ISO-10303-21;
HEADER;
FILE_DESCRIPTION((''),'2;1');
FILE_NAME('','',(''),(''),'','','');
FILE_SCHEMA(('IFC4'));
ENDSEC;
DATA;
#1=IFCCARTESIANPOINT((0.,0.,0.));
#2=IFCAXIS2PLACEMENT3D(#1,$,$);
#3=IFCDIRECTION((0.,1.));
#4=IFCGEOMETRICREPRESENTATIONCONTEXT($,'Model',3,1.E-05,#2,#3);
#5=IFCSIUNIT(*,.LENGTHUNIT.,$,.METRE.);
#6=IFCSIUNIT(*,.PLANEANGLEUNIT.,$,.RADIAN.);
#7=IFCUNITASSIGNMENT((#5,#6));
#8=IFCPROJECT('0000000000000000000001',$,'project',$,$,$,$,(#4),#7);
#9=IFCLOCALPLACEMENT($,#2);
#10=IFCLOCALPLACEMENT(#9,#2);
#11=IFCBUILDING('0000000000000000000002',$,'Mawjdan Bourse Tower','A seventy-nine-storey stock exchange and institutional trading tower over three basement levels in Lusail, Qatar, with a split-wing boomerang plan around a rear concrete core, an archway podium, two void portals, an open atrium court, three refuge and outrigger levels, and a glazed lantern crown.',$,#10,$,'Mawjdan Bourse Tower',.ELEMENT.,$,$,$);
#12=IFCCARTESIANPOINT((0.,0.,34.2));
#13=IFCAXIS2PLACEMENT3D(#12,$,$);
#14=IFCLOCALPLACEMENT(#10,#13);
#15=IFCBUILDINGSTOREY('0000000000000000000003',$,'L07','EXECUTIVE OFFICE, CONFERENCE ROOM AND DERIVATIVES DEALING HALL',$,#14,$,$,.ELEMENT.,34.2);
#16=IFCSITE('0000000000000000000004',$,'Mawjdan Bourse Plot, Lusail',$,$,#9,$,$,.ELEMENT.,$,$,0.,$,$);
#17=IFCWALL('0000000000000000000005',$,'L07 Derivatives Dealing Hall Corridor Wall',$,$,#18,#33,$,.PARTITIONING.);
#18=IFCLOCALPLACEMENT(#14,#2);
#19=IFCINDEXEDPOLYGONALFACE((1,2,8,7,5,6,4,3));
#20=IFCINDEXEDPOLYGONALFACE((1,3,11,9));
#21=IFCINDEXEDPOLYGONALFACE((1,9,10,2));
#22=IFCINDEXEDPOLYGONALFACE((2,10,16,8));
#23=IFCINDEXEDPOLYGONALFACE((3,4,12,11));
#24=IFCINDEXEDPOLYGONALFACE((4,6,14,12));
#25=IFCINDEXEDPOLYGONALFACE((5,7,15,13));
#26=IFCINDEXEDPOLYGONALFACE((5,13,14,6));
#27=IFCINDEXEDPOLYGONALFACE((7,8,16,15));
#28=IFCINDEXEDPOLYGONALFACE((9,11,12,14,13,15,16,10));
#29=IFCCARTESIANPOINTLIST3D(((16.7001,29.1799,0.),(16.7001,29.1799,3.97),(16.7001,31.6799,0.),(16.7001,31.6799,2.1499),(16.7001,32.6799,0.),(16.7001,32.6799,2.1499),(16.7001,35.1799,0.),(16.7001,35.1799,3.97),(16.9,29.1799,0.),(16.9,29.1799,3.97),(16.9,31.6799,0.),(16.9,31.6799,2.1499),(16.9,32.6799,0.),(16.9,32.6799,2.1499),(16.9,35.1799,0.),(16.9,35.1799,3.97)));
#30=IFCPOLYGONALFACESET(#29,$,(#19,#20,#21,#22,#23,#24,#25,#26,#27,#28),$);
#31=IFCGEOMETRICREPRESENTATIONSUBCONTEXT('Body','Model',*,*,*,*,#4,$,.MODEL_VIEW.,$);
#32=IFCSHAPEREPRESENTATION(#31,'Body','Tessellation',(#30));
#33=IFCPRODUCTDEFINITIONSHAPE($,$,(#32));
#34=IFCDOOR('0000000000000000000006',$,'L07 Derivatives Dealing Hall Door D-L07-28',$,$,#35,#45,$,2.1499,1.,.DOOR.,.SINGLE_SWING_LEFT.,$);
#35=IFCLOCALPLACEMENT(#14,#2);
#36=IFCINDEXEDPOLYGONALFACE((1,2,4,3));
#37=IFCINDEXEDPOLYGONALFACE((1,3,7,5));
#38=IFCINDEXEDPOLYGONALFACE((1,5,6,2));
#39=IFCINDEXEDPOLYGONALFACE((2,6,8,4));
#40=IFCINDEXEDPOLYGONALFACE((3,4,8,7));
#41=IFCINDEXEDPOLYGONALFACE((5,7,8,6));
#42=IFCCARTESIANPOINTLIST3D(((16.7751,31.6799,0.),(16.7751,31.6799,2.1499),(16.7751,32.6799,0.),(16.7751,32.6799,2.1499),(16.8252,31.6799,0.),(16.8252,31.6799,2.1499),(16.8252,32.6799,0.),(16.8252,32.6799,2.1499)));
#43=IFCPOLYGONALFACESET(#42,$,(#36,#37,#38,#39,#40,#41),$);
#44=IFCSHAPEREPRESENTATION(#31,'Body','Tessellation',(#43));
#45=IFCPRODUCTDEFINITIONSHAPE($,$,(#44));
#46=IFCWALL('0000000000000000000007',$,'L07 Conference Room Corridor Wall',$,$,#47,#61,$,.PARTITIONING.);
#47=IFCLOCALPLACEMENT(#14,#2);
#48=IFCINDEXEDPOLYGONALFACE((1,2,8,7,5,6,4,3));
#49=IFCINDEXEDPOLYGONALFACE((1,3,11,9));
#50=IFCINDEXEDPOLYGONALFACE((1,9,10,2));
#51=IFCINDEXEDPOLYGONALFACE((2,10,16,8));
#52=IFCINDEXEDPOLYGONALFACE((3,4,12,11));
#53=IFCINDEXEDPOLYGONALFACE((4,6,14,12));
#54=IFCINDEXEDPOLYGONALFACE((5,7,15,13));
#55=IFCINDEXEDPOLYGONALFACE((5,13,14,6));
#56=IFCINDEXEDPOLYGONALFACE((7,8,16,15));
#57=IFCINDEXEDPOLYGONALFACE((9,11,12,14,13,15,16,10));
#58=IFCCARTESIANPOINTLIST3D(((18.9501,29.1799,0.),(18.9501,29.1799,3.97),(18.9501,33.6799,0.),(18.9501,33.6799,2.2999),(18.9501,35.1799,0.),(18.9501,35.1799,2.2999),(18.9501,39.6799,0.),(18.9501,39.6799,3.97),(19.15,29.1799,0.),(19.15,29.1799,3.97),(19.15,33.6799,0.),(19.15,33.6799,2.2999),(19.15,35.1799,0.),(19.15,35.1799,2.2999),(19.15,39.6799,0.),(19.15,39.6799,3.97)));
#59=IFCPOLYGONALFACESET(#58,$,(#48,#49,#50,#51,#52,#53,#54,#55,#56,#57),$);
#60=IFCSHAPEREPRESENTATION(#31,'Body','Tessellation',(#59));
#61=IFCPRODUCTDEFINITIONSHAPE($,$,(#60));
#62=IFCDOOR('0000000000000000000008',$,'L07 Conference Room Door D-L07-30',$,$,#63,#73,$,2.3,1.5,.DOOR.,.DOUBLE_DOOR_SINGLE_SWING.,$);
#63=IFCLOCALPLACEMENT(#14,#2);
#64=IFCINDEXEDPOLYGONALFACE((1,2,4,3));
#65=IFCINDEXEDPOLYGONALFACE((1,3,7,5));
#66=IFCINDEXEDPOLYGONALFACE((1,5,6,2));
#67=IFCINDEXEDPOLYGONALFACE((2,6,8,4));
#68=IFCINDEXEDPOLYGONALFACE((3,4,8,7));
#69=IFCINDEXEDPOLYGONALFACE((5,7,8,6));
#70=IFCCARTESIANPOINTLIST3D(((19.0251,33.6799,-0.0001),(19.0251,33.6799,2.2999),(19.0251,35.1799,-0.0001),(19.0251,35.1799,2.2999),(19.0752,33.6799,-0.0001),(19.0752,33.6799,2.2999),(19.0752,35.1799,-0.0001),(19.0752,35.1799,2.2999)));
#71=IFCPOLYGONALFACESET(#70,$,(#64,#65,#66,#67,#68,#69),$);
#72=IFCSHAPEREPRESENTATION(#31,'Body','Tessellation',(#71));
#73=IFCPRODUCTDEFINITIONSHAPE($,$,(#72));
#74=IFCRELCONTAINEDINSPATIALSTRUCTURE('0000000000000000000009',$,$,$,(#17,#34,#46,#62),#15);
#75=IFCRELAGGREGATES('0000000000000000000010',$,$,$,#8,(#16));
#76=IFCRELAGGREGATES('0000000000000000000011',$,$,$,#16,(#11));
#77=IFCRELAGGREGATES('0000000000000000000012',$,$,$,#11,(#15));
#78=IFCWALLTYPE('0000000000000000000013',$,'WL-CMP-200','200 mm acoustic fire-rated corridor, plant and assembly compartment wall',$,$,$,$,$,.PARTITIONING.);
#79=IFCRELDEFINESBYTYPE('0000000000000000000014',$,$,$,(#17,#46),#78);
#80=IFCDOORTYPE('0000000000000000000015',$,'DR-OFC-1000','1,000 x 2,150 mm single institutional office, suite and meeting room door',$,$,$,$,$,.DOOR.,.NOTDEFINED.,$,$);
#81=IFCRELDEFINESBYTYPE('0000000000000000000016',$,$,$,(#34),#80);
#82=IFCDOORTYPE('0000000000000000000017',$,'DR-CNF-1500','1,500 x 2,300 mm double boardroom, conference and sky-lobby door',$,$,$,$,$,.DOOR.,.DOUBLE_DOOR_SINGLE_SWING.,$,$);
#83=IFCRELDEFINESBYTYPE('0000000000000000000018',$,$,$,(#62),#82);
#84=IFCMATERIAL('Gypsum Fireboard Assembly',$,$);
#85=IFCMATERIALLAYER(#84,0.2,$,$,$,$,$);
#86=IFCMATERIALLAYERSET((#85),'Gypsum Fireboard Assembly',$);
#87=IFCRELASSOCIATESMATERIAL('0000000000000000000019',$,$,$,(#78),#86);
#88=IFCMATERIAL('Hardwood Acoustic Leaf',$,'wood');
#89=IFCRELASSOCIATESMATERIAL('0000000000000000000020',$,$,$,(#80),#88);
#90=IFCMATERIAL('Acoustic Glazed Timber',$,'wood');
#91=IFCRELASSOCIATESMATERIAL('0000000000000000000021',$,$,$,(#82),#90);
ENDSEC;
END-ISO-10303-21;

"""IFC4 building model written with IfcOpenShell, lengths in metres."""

from ifc_helpers import new_model, si_unit, direction, frame, frame_2d, origin, place, context, subcontext, project, spatial, rectangle, extrude, material, layer, layer_set, type_object, element, fill, save


model = new_model("IFC4")

# Units and contexts
model_context = context("Model", 3, precision=1e-05, world=origin(), true_north=direction((0.0, 1.0)))
body_context = subcontext(model_context, "Body", "Model", "MODEL_VIEW")
ifc_project = project(units=[si_unit("LENGTHUNIT", "METRE"), si_unit("PLANEANGLEUNIT", "RADIAN")], contexts=[model_context])

# Site, building, storey
site_placement = place(None, origin())
site = spatial("IfcSite", under=ifc_project, at=site_placement, Name="Mawjdan Bourse Plot, Lusail", CompositionType="ELEMENT", RefElevation=0.0)
building_placement = place(site_placement, origin())
building = spatial("IfcBuilding", under=site, at=building_placement, Name="Mawjdan Bourse Tower", Description="A seventy-nine-storey stock exchange and institutional trading tower over three basement levels in Lusail, Qatar, with a split-wing boomerang plan around a rear concrete core, an archway podium, two void portals, an open atrium court, three refuge and outrigger levels, and a glazed lantern crown.", LongName="Mawjdan Bourse Tower", CompositionType="ELEMENT")
storey_placement = place(building_placement, frame((0.0, 0.0, 34.2)))
storey = spatial("IfcBuildingStorey", under=building, at=storey_placement, Name="L07", Description="EXECUTIVE OFFICE, CONFERENCE ROOM AND DERIVATIVES DEALING HALL", CompositionType="ELEMENT", Elevation=34.2)

# Shared definitions
ifc_material_1 = material(Name="Gypsum Fireboard Assembly")
ifc_layer = layer(ifc_material_1, 0.2)
ifc_layer_set = layer_set([ifc_layer], Name="Gypsum Fireboard Assembly")
wall_type = type_object("IfcWallType", Name="WL-CMP-200", Description="200 mm acoustic fire-rated corridor, plant and assembly compartment wall", PredefinedType="PARTITIONING", material=ifc_layer_set)
ifc_material_2 = material(Name="Hardwood Acoustic Leaf", Category="wood")
door_type_1 = type_object("IfcDoorType", Name="DR-OFC-1000", Description="1,000 x 2,150 mm single institutional office, suite and meeting room door", OperationType="NOTDEFINED", PredefinedType="DOOR", material=ifc_material_2)

# Walls, openings, doors
wall_1_placement = place(storey_placement, frame((16.8, 29.1799, 0.0), z_axis=(0.0, 0.0, 1.0), x_axis=(0.0, 1.0, 0.0)))
wall_1 = element("IfcWall", 1, at=wall_1_placement, inside=storey, type_object=wall_type, Name="L07 Derivatives Dealing Hall Corridor Wall", PredefinedType="PARTITIONING", context=body_context, shape_type="SweptSolid", body=[
    extrude(rectangle(XDim=6.0, YDim=0.2, at=frame_2d((3.0, 0.0))), origin(), (0.0, 0.0, 1.0), 3.97),
])
opening_1_placement = place(wall_1_placement, frame((2.5, 0.0, 0.0)))
opening_1 = element("IfcOpeningElement", 2, at=opening_1_placement, cuts=wall_1, PredefinedType="OPENING", context=body_context, shape_type="SweptSolid", body=[
    extrude(rectangle(XDim=1.0, YDim=2.1499, at=frame_2d((0.5, 1.075))), frame((0.0, 0.1099, 0.0), z_axis=(0.0, -1.0, 0.0), x_axis=(1.0, 0.0, 0.0)), (0.0, 0.0, 1.0), 0.22),
])
door_1_placement = place(opening_1_placement, origin())
door_1 = element("IfcDoor", 3, at=door_1_placement, inside=storey, type_object=door_type_1, Name="L07 Derivatives Dealing Hall Door D-L07-28", OperationType="SINGLE_SWING_LEFT", OverallHeight=2.1499, OverallWidth=1.0, PredefinedType="DOOR", context=body_context, shape_type="SweptSolid", body=[
    extrude(rectangle(XDim=1.0, YDim=2.1499, at=frame_2d((0.5, 1.075))), frame((0.0, 0.0249, 0.0), z_axis=(0.0, -1.0, 0.0), x_axis=(1.0, 0.0, 0.0)), (0.0, 0.0, 1.0), 0.05),
])
fill(opening_1, door_1)
wall_2_placement = place(storey_placement, frame((19.05, 29.1799, 0.0), z_axis=(0.0, 0.0, 1.0), x_axis=(0.0, 1.0, 0.0)))
wall_2 = element("IfcWall", 4, at=wall_2_placement, inside=storey, type_object=wall_type, Name="L07 Conference Room Corridor Wall", PredefinedType="PARTITIONING", context=body_context, shape_type="SweptSolid", body=[
    extrude(rectangle(XDim=10.5, YDim=0.2, at=frame_2d((5.25, 0.0))), origin(), (0.0, 0.0, 1.0), 3.97),
])
opening_2_placement = place(wall_2_placement, frame((4.5, 0.0, 0.0)))
opening_2 = element("IfcOpeningElement", 5, at=opening_2_placement, cuts=wall_2, PredefinedType="OPENING", context=body_context, shape_type="SweptSolid", body=[
    extrude(rectangle(XDim=1.5, YDim=2.3, at=frame_2d((0.75, 1.1499))), frame((0.0, 0.1099, 0.0), z_axis=(0.0, -1.0, 0.0), x_axis=(1.0, 0.0, 0.0)), (0.0, 0.0, 1.0), 0.22),
])
ifc_material_3 = material(Name="Acoustic Glazed Timber", Category="wood")
door_type_2 = type_object("IfcDoorType", Name="DR-CNF-1500", Description="1,500 x 2,300 mm double boardroom, conference and sky-lobby door", OperationType="DOUBLE_DOOR_SINGLE_SWING", PredefinedType="DOOR", material=ifc_material_3)
door_2_placement = place(opening_2_placement, origin())
door_2 = element("IfcDoor", 6, at=door_2_placement, inside=storey, type_object=door_type_2, Name="L07 Conference Room Door D-L07-30", OperationType="DOUBLE_DOOR_SINGLE_SWING", OverallHeight=2.3, OverallWidth=1.5, PredefinedType="DOOR", context=body_context, shape_type="SweptSolid", body=[
    extrude(rectangle(XDim=1.5, YDim=2.3, at=frame_2d((0.75, 1.1499))), frame((0.0, 0.0249, 0.0), z_axis=(0.0, -1.0, 0.0), x_axis=(1.0, 0.0, 0.0)), (0.0, 0.0, 1.0), 0.05),
])
fill(opening_2, door_2)

save(model, "model.ifc")
